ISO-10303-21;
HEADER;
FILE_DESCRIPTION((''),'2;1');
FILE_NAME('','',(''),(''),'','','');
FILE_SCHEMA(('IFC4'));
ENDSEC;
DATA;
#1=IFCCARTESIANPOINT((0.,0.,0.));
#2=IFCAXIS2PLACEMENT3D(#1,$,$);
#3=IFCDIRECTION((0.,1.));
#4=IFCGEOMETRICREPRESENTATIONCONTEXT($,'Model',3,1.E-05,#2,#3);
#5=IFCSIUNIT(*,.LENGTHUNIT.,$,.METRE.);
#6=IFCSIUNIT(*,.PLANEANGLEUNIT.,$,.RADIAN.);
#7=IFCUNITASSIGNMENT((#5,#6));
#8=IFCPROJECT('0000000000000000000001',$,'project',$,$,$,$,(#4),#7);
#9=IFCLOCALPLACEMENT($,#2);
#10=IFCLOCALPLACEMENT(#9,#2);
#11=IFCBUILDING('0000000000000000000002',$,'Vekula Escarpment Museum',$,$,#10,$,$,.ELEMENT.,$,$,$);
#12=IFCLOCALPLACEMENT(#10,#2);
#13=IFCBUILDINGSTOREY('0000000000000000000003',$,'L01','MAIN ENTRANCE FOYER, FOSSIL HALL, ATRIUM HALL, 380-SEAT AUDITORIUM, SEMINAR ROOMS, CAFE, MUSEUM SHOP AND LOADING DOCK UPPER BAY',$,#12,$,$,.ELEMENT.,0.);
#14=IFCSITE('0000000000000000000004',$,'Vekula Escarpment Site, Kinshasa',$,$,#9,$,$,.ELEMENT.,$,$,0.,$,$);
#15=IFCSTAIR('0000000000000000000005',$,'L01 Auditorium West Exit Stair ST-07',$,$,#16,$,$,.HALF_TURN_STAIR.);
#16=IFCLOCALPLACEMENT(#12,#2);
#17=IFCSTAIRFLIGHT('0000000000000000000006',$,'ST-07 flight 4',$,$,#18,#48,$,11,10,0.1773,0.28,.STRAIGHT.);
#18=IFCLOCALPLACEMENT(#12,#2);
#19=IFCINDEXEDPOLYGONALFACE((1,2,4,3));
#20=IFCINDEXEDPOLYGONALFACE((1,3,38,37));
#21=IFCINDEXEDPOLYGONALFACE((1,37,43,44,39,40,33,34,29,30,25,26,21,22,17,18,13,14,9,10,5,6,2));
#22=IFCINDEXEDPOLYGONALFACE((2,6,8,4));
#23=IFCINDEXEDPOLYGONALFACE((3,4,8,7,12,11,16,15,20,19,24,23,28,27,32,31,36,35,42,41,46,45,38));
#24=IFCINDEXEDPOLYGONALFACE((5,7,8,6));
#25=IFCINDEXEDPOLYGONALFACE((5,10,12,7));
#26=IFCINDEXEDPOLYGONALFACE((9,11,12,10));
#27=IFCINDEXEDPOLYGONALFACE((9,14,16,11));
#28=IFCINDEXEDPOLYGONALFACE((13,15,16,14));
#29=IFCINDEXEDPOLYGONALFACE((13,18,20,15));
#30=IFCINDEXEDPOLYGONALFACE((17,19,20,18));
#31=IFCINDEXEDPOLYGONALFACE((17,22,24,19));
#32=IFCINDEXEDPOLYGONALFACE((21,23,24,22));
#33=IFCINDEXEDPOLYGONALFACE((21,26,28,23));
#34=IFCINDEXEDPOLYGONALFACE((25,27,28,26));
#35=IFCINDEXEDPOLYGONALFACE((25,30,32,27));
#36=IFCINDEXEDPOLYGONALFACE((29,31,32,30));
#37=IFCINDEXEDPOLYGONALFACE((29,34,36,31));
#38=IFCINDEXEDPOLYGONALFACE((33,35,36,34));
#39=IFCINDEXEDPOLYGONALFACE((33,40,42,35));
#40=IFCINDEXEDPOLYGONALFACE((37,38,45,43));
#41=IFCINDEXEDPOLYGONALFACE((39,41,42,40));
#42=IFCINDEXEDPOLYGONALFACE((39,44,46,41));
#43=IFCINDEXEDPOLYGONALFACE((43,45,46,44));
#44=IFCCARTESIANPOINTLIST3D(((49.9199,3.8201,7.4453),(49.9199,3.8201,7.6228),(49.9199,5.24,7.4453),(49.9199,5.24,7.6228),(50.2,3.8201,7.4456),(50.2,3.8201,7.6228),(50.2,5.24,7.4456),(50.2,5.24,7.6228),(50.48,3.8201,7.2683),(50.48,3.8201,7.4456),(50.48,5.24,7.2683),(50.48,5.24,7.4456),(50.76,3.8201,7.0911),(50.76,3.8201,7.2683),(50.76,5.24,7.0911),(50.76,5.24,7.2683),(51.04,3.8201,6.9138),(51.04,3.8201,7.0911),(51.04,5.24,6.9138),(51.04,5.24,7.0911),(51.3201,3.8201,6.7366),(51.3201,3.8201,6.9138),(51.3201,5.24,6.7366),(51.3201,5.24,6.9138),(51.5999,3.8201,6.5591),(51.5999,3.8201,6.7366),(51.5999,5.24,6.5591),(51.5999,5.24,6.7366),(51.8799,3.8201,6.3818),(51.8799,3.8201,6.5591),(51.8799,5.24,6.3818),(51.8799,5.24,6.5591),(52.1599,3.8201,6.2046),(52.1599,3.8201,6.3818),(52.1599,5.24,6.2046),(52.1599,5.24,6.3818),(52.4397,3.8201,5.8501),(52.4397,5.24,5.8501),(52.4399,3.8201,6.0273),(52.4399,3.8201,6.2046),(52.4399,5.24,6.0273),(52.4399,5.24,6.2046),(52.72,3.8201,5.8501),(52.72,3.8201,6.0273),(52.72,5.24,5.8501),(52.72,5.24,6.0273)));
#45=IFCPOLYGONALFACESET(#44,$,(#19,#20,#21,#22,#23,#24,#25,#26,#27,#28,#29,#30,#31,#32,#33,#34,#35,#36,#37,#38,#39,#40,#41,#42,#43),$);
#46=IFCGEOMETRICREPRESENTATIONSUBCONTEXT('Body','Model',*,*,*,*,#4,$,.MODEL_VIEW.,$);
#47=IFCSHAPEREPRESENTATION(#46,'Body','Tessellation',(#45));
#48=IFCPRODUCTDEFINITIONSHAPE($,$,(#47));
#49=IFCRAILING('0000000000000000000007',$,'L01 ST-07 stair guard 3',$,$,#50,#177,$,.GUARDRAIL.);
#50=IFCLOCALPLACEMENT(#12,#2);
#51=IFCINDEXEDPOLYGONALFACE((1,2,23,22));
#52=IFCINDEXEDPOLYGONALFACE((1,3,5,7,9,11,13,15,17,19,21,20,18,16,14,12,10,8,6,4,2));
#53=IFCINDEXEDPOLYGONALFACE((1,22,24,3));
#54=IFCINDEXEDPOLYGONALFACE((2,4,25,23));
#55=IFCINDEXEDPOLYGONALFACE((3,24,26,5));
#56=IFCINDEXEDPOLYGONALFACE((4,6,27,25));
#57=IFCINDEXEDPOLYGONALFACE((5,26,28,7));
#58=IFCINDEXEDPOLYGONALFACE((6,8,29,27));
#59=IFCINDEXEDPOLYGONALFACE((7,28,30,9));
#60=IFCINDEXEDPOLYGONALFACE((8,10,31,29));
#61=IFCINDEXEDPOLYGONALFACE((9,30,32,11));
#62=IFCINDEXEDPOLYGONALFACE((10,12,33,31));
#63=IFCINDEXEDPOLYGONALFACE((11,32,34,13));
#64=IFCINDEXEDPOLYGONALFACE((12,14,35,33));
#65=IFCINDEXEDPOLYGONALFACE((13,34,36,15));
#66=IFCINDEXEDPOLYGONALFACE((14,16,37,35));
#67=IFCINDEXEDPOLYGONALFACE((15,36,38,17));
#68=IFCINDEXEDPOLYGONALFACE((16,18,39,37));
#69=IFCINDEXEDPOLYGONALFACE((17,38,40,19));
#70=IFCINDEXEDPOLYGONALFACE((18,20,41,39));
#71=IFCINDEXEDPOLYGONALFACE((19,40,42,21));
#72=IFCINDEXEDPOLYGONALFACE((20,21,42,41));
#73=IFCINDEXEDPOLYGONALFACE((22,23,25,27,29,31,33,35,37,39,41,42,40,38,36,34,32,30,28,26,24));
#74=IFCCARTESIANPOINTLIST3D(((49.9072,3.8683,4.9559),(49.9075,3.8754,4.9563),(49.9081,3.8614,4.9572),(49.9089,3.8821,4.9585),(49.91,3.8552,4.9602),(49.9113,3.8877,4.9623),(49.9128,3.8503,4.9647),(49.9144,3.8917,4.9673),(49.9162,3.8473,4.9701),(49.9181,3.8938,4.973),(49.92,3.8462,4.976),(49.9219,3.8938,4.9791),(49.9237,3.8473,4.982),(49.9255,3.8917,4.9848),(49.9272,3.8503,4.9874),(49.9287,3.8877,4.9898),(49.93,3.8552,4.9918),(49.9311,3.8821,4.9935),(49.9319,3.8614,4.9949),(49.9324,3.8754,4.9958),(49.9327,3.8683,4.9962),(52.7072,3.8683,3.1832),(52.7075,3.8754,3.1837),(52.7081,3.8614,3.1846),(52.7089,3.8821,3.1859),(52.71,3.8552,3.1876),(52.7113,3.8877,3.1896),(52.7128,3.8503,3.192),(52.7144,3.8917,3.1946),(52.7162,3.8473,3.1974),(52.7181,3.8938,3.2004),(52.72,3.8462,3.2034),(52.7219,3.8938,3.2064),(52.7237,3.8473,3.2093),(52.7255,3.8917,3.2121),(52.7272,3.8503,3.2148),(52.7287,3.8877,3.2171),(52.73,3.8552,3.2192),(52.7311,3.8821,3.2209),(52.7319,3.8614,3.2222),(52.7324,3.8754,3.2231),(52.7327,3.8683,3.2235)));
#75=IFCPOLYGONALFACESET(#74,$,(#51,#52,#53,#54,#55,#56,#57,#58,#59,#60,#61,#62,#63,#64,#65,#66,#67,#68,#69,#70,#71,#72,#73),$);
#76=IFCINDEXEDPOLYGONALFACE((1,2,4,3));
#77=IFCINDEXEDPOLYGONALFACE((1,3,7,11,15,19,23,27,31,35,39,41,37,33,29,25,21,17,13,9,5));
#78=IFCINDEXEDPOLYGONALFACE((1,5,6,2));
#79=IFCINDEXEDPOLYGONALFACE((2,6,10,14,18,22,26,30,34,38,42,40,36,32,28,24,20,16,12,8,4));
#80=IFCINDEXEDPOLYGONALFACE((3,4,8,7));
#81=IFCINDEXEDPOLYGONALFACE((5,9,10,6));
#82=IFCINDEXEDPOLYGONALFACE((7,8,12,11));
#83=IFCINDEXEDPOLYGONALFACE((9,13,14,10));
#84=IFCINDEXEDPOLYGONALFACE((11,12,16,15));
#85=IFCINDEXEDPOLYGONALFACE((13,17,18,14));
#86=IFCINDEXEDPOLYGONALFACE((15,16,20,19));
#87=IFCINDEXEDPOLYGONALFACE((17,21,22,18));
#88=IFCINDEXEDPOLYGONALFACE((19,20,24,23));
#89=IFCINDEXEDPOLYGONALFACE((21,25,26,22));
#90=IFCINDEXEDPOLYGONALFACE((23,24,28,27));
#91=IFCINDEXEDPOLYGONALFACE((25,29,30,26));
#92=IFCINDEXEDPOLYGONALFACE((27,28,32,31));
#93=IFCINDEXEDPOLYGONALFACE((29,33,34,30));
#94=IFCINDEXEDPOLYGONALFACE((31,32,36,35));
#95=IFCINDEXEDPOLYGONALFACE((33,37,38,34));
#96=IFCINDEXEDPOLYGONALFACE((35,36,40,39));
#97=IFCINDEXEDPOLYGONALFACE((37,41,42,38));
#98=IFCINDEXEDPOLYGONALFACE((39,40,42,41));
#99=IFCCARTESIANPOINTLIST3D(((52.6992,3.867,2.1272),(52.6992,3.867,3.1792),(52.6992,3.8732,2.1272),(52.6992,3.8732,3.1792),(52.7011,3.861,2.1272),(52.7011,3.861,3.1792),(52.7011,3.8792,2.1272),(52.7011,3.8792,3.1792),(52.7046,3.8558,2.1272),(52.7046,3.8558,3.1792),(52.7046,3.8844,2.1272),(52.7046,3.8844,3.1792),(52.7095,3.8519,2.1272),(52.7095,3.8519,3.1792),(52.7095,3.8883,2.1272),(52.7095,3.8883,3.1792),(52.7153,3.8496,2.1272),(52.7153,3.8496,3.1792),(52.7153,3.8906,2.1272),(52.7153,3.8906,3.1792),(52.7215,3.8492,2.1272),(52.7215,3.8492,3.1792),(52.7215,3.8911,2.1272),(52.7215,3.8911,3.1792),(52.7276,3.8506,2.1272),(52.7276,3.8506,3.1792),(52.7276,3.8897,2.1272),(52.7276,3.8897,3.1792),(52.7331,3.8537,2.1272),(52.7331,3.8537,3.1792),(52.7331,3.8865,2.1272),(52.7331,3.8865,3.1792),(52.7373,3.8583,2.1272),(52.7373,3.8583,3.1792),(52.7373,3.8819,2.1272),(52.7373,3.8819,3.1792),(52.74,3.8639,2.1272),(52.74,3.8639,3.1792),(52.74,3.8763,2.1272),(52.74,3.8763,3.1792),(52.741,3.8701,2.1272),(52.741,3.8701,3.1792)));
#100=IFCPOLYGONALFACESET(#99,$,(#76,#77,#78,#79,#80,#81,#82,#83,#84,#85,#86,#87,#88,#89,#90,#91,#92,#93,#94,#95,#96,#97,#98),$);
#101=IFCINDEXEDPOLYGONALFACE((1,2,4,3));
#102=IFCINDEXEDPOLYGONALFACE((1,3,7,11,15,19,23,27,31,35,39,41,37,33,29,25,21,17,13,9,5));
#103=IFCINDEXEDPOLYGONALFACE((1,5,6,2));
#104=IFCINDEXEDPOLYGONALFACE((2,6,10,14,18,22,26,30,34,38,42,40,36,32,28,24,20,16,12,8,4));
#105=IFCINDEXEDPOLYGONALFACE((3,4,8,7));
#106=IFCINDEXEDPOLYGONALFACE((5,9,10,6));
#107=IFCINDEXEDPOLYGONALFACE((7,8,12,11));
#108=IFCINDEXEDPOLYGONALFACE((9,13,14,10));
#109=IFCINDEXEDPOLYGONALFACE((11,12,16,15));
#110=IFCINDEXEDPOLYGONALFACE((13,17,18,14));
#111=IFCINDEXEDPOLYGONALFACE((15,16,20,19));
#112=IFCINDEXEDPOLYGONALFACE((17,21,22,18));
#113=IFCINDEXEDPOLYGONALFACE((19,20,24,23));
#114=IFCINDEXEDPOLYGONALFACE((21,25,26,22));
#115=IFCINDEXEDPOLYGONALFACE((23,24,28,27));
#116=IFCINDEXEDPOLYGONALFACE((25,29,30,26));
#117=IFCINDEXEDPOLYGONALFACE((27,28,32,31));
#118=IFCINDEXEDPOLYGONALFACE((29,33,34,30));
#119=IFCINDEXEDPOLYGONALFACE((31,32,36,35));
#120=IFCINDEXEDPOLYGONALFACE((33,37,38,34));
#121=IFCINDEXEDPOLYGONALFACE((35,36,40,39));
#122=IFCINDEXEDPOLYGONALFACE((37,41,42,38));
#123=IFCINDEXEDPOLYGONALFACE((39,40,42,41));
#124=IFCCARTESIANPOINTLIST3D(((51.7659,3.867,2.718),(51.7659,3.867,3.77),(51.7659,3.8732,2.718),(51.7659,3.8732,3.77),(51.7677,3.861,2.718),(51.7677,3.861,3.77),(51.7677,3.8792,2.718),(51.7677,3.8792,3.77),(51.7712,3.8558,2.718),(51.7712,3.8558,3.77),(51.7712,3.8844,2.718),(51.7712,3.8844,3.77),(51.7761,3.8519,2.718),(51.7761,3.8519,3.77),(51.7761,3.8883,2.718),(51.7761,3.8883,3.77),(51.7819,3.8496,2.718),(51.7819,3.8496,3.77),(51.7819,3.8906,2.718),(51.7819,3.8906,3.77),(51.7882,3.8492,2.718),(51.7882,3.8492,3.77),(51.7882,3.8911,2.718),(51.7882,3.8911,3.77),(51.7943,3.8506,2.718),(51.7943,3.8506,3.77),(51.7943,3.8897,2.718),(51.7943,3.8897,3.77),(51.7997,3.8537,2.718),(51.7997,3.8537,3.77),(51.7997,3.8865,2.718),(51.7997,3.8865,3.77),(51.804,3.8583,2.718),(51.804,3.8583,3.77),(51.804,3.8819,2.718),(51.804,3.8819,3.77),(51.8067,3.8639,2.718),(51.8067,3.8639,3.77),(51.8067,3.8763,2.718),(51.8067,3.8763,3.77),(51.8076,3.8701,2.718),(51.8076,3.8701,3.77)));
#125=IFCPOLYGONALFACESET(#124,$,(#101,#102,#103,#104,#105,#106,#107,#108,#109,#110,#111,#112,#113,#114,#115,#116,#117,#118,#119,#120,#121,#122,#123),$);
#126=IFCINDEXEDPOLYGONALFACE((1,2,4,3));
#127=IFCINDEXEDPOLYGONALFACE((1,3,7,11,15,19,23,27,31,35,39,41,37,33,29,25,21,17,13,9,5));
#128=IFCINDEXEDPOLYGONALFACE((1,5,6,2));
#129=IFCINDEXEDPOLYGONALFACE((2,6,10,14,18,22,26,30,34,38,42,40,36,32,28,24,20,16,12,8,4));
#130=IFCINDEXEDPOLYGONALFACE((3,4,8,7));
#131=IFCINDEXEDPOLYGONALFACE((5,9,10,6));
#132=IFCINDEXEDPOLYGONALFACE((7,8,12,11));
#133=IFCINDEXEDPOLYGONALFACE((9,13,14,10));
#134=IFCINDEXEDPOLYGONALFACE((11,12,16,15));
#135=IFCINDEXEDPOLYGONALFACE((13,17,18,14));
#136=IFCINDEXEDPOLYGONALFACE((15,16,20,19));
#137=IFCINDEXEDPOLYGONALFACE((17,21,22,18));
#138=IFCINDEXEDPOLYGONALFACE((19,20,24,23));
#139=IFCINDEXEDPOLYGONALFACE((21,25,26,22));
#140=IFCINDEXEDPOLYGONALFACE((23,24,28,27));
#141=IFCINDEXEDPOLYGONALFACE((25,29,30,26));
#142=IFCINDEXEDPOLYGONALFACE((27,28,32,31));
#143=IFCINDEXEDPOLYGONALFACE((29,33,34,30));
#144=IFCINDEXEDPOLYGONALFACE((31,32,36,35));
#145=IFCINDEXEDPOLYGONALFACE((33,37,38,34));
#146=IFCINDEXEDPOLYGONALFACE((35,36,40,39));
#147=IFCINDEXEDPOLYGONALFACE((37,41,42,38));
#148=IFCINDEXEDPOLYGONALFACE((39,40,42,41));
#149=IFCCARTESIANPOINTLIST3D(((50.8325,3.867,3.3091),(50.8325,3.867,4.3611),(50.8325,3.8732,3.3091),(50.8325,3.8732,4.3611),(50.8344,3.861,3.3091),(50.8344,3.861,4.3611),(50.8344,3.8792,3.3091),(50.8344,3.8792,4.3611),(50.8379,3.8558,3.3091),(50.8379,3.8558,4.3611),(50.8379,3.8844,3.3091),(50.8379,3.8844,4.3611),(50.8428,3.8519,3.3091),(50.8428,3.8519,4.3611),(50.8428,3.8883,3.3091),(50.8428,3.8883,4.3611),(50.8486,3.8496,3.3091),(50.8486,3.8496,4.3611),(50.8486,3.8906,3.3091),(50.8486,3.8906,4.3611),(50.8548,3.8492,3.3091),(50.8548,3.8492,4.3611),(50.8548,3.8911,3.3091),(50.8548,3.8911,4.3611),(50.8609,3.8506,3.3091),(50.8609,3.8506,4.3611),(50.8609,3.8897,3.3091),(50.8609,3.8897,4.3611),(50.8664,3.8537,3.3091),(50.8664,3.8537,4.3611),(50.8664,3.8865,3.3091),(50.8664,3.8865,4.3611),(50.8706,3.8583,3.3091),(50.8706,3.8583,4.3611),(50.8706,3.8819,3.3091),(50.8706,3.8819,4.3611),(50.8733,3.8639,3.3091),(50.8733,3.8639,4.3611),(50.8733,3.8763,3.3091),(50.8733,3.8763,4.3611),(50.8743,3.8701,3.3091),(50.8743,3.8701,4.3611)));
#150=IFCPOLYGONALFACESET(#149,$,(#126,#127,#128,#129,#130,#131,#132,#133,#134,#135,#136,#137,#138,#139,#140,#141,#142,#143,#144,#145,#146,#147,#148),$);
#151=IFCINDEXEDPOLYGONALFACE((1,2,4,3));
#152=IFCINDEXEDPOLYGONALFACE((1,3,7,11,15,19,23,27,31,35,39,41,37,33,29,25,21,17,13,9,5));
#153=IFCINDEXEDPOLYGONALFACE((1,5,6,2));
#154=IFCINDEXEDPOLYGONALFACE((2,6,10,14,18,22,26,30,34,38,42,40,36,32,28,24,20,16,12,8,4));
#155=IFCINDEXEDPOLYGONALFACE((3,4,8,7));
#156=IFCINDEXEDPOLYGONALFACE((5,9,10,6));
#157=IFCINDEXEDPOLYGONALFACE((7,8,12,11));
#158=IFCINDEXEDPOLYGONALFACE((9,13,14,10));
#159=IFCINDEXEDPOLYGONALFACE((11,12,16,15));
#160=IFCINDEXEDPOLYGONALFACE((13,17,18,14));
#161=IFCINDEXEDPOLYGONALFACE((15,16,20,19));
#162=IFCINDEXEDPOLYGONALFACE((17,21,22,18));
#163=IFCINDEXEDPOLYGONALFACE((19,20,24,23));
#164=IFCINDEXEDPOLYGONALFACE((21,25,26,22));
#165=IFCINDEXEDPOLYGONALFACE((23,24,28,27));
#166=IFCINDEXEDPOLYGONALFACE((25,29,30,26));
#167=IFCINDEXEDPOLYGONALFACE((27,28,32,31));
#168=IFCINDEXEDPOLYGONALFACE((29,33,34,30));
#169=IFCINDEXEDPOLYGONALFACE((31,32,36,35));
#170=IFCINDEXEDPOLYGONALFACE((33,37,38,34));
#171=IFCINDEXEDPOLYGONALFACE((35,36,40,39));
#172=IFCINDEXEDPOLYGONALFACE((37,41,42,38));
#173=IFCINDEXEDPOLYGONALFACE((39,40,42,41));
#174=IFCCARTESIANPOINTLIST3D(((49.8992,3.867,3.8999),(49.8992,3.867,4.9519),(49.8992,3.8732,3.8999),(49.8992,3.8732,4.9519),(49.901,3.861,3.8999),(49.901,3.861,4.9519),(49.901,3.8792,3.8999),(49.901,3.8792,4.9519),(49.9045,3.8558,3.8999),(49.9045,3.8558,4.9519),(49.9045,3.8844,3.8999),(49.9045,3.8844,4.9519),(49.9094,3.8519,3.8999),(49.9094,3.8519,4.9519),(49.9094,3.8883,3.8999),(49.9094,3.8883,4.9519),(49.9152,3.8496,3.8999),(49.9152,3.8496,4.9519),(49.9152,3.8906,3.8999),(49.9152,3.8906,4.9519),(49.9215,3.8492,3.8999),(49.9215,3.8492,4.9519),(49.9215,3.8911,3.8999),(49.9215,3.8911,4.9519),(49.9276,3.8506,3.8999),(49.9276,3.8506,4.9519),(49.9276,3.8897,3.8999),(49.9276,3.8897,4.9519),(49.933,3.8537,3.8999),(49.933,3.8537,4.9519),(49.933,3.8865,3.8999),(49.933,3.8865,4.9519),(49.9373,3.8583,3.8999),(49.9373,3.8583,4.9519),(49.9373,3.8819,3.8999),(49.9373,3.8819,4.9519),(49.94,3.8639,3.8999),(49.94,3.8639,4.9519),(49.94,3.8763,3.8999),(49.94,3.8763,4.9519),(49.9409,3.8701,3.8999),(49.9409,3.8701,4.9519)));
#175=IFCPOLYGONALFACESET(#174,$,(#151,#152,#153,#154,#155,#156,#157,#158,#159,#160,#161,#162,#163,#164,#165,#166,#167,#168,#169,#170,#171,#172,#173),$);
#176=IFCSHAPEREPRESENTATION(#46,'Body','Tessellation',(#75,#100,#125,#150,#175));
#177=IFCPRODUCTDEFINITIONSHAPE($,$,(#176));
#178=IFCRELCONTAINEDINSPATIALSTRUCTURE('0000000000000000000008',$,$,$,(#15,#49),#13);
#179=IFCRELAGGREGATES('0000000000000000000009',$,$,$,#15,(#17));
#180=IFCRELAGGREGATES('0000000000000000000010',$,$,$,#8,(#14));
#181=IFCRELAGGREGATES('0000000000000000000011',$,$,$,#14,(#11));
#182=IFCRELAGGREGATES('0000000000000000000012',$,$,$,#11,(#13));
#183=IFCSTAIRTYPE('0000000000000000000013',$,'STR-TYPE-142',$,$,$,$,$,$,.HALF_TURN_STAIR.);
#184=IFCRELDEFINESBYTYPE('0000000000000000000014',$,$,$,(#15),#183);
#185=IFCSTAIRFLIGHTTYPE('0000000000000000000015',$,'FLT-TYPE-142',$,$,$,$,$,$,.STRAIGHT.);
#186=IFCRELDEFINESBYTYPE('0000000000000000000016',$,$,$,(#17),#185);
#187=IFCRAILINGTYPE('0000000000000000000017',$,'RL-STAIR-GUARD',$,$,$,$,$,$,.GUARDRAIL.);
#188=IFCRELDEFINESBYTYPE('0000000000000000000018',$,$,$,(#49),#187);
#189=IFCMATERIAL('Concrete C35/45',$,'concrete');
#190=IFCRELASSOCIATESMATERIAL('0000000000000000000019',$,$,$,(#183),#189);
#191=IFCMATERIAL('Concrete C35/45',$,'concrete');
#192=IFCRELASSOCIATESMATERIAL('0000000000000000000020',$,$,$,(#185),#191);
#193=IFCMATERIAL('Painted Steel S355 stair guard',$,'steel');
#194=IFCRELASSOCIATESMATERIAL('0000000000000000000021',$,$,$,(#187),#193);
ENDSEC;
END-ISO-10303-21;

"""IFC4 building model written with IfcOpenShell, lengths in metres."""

from ifc_helpers import new_model, si_unit, direction, frame, origin, origin_2d, place, context, subcontext, project, spatial, polyline, circle, outline, extrude, material, type_object, element, aggregate, save


model = new_model("IFC4")

# Units and contexts
model_context = context("Model", 3, precision=1e-05, world=origin(), true_north=direction((0.0, 1.0)))
body_context = subcontext(model_context, "Body", "Model", "MODEL_VIEW")
ifc_project = project(units=[si_unit("LENGTHUNIT", "METRE"), si_unit("PLANEANGLEUNIT", "RADIAN")], contexts=[model_context])

# Site, building, storey
site_placement = place(None, origin())
site = spatial("IfcSite", under=ifc_project, at=site_placement, Name="Vekula Escarpment Site, Kinshasa", CompositionType="ELEMENT", RefElevation=0.0)
building_placement = place(site_placement, origin())
building = spatial("IfcBuilding", under=site, at=building_placement, Name="Vekula Escarpment Museum", CompositionType="ELEMENT")
storey_placement = place(building_placement, origin())
storey = spatial("IfcBuildingStorey", under=building, at=storey_placement, Name="L01", Description="MAIN ENTRANCE FOYER, FOSSIL HALL, ATRIUM HALL, 380-SEAT AUDITORIUM, SEMINAR ROOMS, CAFE, MUSEUM SHOP AND LOADING DOCK UPPER BAY", CompositionType="ELEMENT", Elevation=0.0)

# Stair, stair flight
ifc_material_1 = material(Name="Concrete C35/45", Category="concrete")
stair_type = type_object("IfcStairType", Name="STR-TYPE-142", PredefinedType="HALF_TURN_STAIR", material=ifc_material_1)
stair_placement = place(storey_placement, origin())
stair = element("IfcStair", 1, at=stair_placement, inside=storey, type_object=stair_type, Name="L01 Auditorium West Exit Stair ST-07", PredefinedType="HALF_TURN_STAIR")
ifc_material_2 = material(Name="Concrete C35/45", Category="concrete")
stair_flight_type = type_object("IfcStairFlightType", Name="FLT-TYPE-142", PredefinedType="STRAIGHT", material=ifc_material_2)
stair_flight_1_placement = place(storey_placement, frame((52.72, 4.53, 5.8501), z_axis=(0.0, 0.0, 1.0), x_axis=(-1.0, 0.0, 0.0)))
stair_flight_1 = element("IfcStairFlight", 2, at=stair_flight_1_placement, type_object=stair_flight_type, Name="ST-07 flight 4", NumberOfRisers=11, NumberOfTreads=10, PredefinedType="STRAIGHT", RiserHeight=0.1773, TreadLength=0.28, context=body_context, shape_type="SweptSolid", body=[
    extrude(outline(polyline([(0.0, 0.0), (0.0, 0.1772), (0.28, 0.1772), (0.28, 0.3545), (0.5601, 0.3545), (0.5601, 0.5317), (0.8401, 0.5317), (0.8401, 0.709), (1.1201, 0.709), (1.1201, 0.8865), (1.3999, 0.8865), (1.3999, 1.0637), (1.6799, 1.0637), (1.6799, 1.241), (1.96, 1.241), (1.96, 1.4182), (2.24, 1.4182), (2.24, 1.5955), (2.52, 1.5955), (2.52, 1.7727), (2.8, 1.7727), (2.8, 1.95), (2.8, 1.5952), (0.2803, 0.0), (0.0, 0.0)])), frame((0.0, 0.71, 0.0), z_axis=(0.0, -1.0, 0.0), x_axis=(1.0, 0.0, 0.0)), (0.0, 0.0, 1.0), 1.4199),
])
aggregate(stair, [stair_flight_1])

# Railing
ifc_material_3 = material(Name="Painted Steel S355 stair guard", Category="steel")
railing_type_1 = type_object("IfcRailingType", Name="RL-STAIR-GUARD", PredefinedType="GUARDRAIL", material=ifc_material_3)
railing_1_placement = place(storey_placement, frame((52.72, 3.8701, 2.1272)))
element("IfcRailing", 3, at=railing_1_placement, inside=storey, type_object=railing_type_1, Name="L01 ST-07 stair guard 3", PredefinedType="GUARDRAIL", context=body_context, shape_type="SweptSolid", body=[
    extrude(circle(Radius=0.0239, at=origin_2d()), frame((0.0, 0.0, 1.0762), z_axis=(-0.844909, 0.0, 0.53491), x_axis=(0.0, -1.0, 0.0)), (0.0, 0.0, 1.0), 3.314),
    extrude(circle(Radius=0.021, at=origin_2d()), origin(), (0.0, 0.0, 1.0), 1.052),
    extrude(circle(Radius=0.021, at=origin_2d()), frame((-0.9333, 0.0, 0.5908)), (0.0, 0.0, 1.0), 1.052),
    extrude(circle(Radius=0.021, at=origin_2d()), frame((-1.8667, 0.0, 1.1819)), (0.0, 0.0, 1.0), 1.052),
    extrude(circle(Radius=0.021, at=origin_2d()), frame((-2.8, 0.0, 1.7727)), (0.0, 0.0, 1.0), 1.052),
])

save(model, "model.ifc")
